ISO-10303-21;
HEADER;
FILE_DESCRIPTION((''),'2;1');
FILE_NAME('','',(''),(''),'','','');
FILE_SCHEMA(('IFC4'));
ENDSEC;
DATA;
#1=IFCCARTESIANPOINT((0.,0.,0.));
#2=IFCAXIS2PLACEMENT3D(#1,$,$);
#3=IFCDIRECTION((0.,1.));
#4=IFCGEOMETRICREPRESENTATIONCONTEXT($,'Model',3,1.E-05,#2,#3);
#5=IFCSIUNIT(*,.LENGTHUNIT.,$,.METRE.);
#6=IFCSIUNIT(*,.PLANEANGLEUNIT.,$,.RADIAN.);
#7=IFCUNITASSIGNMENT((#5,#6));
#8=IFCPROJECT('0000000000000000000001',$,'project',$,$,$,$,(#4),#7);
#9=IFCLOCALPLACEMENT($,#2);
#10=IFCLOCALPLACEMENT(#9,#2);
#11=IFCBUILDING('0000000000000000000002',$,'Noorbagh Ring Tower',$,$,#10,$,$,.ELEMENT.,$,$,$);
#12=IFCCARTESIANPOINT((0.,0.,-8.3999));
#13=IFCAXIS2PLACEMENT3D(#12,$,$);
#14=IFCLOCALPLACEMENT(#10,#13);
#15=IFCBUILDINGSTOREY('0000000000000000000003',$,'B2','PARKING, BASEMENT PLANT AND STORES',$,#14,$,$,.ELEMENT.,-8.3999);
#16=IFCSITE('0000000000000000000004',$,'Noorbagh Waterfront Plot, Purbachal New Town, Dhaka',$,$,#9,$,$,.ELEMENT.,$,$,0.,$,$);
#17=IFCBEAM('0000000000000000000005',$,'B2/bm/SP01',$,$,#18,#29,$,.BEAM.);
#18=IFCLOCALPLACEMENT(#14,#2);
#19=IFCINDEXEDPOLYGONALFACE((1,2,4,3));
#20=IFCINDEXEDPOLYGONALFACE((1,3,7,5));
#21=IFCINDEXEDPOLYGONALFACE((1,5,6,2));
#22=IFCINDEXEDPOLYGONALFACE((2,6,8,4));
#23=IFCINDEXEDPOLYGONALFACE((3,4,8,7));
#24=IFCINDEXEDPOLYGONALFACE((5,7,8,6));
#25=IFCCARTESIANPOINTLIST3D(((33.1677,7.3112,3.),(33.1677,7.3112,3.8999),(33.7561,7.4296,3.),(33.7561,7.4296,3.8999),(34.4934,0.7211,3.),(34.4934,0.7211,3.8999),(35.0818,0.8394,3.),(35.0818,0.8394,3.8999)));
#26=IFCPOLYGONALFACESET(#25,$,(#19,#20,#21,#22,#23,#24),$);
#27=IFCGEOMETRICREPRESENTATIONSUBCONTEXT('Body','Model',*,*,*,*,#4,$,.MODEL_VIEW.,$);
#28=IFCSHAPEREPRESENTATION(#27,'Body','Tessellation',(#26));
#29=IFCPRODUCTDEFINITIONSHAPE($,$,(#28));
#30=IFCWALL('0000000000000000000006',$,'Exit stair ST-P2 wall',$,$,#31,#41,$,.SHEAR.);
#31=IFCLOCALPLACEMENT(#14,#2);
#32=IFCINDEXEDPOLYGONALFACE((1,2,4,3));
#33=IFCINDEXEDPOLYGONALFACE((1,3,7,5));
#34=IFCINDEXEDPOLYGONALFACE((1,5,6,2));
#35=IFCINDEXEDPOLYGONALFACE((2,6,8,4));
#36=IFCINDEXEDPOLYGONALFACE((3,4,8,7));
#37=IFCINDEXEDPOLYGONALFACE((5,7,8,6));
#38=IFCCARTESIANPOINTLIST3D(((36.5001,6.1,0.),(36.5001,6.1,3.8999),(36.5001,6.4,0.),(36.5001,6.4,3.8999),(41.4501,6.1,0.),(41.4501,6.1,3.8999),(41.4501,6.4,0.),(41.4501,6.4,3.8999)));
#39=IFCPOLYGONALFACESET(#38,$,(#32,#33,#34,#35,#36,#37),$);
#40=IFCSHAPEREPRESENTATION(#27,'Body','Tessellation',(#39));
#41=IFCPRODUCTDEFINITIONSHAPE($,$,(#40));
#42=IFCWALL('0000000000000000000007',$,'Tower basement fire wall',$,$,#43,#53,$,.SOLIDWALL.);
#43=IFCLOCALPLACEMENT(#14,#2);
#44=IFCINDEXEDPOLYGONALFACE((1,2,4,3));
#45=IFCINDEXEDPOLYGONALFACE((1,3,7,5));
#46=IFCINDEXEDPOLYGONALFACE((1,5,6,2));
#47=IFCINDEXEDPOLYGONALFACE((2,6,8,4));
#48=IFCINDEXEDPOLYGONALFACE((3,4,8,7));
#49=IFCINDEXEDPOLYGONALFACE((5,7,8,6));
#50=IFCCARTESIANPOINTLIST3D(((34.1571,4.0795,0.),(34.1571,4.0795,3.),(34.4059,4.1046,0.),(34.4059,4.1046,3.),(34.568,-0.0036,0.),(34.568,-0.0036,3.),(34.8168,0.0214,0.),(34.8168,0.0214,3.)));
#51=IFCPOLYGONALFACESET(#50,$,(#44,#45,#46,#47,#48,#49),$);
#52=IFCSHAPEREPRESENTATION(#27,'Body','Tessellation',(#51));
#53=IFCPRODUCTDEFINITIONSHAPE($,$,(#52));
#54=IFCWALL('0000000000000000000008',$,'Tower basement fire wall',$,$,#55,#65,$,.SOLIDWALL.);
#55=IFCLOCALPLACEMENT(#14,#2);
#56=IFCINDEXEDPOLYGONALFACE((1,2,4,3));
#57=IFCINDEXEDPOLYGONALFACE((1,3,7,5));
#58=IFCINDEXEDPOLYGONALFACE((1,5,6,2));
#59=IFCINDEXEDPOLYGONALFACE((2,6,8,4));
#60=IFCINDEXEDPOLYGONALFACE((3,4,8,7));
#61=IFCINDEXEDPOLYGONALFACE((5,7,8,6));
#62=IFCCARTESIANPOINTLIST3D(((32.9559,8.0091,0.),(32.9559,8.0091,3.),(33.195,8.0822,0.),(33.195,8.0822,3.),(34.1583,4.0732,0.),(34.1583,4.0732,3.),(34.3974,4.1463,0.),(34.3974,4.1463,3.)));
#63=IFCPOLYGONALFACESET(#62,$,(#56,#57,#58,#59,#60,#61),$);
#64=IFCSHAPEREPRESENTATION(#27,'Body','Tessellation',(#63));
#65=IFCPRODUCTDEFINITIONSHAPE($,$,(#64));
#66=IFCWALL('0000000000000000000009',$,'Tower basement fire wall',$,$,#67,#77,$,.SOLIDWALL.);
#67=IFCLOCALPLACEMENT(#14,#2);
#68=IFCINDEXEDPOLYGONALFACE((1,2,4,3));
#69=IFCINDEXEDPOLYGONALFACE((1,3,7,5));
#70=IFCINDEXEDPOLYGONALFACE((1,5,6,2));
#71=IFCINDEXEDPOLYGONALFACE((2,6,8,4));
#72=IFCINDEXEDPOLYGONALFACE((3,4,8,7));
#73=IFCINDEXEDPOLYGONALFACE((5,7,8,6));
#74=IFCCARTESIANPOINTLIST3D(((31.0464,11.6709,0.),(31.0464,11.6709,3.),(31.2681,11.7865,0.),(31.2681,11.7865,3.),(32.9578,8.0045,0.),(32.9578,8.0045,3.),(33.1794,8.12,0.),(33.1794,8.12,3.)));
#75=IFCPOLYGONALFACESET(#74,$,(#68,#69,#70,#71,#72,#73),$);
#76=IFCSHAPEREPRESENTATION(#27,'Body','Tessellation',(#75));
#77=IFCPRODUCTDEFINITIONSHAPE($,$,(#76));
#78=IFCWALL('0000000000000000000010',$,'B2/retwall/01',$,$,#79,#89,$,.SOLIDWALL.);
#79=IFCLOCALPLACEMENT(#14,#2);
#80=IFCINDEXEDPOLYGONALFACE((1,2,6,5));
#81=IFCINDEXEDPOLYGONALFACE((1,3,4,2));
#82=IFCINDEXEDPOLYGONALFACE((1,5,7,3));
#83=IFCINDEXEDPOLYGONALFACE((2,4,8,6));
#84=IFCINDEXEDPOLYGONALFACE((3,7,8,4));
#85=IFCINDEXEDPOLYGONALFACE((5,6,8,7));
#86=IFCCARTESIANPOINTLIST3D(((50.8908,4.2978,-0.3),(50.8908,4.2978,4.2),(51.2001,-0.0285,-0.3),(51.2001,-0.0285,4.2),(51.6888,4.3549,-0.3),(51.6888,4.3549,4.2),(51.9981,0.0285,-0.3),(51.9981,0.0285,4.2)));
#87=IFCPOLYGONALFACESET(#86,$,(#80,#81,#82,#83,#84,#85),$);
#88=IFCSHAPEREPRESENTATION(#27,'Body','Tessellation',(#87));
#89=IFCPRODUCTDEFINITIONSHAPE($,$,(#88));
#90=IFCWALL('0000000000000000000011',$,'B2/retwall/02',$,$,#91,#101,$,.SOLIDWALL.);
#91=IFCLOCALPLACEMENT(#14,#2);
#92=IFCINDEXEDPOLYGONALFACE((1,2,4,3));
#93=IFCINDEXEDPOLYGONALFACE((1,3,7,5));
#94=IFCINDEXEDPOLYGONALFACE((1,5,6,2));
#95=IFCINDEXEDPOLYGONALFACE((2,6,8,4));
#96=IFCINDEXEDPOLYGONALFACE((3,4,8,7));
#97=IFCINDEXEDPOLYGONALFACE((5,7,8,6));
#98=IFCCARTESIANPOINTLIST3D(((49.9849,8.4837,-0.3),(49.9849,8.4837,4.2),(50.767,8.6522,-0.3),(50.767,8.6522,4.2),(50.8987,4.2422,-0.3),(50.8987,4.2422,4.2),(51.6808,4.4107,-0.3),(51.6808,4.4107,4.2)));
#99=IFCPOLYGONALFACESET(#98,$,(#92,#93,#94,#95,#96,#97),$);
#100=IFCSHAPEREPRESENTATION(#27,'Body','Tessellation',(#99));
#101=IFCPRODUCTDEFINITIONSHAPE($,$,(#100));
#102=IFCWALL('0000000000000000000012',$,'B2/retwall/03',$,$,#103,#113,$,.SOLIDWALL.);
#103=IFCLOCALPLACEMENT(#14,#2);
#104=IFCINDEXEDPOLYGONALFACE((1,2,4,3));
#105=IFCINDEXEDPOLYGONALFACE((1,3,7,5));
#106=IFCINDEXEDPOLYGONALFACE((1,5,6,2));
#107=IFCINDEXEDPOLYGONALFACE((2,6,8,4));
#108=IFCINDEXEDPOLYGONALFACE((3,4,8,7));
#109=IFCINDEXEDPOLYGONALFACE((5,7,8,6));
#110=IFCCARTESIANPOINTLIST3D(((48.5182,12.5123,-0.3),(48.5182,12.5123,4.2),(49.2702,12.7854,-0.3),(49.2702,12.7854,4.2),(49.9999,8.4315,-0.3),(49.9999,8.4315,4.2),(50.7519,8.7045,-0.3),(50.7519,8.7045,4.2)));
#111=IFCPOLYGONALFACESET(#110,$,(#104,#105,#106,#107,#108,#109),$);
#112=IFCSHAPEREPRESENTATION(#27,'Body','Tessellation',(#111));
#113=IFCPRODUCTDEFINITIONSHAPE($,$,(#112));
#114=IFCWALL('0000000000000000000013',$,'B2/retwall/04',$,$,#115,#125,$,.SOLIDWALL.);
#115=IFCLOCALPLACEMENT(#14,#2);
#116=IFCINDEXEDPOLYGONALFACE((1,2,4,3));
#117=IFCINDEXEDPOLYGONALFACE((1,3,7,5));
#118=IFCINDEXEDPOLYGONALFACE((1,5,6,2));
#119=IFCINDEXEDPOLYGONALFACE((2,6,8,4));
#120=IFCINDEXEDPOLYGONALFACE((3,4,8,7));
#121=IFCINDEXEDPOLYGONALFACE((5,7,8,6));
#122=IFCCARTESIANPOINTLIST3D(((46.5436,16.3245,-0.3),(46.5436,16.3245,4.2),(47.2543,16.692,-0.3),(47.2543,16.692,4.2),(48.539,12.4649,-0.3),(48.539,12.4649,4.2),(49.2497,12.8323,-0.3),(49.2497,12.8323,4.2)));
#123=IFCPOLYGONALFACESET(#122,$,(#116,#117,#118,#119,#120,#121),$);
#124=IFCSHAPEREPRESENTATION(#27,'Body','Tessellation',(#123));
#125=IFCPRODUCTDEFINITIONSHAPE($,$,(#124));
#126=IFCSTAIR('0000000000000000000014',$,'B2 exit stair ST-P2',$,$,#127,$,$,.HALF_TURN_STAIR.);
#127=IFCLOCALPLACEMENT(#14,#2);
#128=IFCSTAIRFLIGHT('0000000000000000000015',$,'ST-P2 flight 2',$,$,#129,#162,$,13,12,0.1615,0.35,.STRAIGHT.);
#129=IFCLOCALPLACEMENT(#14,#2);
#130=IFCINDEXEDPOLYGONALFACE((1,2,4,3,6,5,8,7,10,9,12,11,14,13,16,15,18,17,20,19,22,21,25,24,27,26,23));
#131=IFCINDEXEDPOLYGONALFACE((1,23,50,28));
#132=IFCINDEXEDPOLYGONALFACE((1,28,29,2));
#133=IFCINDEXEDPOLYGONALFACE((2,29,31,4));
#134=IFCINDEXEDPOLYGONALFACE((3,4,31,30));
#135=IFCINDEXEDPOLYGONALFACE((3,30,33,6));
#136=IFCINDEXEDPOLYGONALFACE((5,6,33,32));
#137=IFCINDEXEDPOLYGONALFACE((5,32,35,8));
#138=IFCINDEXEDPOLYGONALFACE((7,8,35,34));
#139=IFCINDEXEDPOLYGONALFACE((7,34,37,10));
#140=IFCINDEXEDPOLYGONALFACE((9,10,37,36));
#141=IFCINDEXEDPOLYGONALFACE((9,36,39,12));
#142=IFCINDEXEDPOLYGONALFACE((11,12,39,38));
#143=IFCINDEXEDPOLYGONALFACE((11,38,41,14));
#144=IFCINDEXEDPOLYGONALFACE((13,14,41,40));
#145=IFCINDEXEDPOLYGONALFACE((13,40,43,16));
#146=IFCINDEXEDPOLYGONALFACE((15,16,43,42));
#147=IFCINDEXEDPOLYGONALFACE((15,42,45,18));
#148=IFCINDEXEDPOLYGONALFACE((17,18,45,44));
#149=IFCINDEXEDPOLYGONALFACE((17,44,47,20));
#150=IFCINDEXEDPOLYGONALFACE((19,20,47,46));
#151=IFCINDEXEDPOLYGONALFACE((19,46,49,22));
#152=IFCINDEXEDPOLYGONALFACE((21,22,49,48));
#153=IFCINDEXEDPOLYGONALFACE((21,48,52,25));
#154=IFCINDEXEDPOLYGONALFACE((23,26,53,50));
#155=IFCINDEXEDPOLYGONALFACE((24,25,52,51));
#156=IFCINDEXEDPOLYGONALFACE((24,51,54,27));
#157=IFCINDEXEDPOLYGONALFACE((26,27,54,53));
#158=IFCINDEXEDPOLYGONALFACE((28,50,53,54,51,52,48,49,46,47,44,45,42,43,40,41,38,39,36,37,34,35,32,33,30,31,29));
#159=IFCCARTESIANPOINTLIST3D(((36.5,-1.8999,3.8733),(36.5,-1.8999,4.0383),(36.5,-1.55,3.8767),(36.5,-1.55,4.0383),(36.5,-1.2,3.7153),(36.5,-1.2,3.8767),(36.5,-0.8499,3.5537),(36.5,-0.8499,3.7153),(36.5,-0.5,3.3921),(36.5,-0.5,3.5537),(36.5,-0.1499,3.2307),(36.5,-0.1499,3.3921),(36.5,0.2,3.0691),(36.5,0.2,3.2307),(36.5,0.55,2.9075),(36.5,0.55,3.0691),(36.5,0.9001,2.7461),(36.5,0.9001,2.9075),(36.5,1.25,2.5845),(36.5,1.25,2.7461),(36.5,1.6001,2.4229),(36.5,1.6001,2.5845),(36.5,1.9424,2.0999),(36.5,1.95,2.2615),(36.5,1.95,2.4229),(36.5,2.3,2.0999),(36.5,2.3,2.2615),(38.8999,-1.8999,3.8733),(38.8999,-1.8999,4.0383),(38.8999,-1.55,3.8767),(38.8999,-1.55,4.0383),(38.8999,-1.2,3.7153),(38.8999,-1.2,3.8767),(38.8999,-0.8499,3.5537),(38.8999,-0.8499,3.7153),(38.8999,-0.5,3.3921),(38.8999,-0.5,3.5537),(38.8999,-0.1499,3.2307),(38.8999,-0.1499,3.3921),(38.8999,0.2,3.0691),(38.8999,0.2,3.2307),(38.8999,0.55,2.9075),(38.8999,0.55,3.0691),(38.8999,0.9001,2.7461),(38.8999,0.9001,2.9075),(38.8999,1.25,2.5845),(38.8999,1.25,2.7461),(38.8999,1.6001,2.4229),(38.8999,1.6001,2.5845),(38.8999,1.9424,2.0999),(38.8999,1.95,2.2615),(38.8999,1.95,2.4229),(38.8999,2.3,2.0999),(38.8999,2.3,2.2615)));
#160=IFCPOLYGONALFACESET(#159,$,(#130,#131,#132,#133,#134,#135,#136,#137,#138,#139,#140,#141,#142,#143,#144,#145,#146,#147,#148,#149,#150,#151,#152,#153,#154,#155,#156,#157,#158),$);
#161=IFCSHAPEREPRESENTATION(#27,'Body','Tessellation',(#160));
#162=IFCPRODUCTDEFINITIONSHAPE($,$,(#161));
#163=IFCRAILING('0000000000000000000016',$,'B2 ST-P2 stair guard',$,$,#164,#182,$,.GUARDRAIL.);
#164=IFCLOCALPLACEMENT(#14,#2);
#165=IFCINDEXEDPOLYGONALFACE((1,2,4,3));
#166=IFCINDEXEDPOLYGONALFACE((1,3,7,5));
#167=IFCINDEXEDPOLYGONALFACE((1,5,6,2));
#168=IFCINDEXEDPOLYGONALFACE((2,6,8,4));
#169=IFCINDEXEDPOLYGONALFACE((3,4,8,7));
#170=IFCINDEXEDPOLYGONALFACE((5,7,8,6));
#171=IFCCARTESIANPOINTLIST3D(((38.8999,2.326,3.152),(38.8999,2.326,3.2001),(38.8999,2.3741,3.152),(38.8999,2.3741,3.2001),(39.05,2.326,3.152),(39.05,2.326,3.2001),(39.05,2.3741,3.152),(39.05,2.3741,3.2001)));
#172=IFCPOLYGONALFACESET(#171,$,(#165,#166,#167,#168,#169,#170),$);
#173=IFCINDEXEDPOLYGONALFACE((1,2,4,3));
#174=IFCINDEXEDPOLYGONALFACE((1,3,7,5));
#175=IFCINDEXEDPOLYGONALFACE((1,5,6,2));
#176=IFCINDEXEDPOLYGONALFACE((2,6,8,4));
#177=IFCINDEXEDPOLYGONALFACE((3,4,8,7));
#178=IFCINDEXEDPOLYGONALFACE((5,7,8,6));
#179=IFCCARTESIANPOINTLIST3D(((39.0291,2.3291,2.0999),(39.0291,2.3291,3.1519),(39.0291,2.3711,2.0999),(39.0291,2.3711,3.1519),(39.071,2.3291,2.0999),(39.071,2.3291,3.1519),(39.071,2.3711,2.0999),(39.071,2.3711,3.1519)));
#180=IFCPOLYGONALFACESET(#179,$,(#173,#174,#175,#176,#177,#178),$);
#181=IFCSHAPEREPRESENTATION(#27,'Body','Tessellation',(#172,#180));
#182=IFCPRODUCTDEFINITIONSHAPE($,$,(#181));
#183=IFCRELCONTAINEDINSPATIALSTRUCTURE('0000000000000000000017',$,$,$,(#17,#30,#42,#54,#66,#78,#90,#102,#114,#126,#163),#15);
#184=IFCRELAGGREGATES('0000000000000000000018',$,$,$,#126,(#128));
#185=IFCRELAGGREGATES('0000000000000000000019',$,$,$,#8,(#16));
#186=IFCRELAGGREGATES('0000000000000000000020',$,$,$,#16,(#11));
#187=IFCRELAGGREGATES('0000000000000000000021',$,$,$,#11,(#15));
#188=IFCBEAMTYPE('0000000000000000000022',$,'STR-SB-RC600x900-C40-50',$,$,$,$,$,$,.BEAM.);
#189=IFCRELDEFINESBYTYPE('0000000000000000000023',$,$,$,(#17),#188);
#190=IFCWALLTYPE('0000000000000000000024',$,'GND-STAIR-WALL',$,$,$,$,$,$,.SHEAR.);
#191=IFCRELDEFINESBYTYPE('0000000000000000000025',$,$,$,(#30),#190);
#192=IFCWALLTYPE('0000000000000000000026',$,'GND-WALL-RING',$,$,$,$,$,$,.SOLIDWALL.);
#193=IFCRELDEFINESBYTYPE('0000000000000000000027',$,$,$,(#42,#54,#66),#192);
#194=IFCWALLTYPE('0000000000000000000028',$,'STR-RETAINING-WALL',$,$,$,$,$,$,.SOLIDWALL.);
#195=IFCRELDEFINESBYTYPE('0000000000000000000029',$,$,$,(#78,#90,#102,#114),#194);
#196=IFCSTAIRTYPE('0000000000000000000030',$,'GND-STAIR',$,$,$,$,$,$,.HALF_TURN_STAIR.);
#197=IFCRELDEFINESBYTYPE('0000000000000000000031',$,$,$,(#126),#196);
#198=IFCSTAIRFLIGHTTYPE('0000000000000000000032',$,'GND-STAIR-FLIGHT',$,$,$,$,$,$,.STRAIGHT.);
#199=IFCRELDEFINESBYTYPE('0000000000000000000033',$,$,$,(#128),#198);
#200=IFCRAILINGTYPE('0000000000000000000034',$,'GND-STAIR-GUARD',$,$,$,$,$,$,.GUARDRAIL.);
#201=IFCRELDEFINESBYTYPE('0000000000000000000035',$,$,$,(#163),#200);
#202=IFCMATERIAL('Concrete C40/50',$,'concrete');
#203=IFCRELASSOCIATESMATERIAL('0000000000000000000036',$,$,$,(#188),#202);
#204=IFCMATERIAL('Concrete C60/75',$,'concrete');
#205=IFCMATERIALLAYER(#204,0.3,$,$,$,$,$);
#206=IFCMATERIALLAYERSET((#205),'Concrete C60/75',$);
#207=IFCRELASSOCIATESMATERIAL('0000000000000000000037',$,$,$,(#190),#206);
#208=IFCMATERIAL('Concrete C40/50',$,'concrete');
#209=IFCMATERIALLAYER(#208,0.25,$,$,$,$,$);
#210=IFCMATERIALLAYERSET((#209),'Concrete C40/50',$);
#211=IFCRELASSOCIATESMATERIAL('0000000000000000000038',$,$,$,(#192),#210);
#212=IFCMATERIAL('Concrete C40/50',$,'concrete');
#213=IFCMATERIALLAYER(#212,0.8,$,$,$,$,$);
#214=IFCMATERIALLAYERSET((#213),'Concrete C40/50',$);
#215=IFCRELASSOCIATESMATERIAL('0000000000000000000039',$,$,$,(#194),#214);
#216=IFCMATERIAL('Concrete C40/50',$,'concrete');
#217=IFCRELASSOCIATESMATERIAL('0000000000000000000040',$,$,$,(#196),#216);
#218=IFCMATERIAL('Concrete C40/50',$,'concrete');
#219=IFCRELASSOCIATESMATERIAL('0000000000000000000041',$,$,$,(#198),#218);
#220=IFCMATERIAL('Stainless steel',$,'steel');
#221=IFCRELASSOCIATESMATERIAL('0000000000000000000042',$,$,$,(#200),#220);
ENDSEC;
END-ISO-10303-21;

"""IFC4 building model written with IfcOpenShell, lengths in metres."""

from ifc_helpers import new_model, si_unit, direction, frame, frame_2d, origin, origin_2d, place, context, subcontext, project, spatial, polyline, rectangle, outline, extrude, material, layer, layer_set, material_profile, profile_set, type_object, element, aggregate, save


model = new_model("IFC4")

# Units and contexts
model_context = context("Model", 3, precision=1e-05, world=origin(), true_north=direction((0.0, 1.0)))
body_context = subcontext(model_context, "Body", "Model", "MODEL_VIEW")
ifc_project = project(units=[si_unit("LENGTHUNIT", "METRE"), si_unit("PLANEANGLEUNIT", "RADIAN")], contexts=[model_context])

# Site, building, storey
site_placement = place(None, origin())
site = spatial("IfcSite", under=ifc_project, at=site_placement, Name="Noorbagh Waterfront Plot, Purbachal New Town, Dhaka", CompositionType="ELEMENT", RefElevation=0.0)
building_placement = place(site_placement, origin())
building = spatial("IfcBuilding", under=site, at=building_placement, Name="Noorbagh Ring Tower", CompositionType="ELEMENT")
storey_placement = place(building_placement, frame((0.0, 0.0, -8.3999)))
storey = spatial("IfcBuildingStorey", under=building, at=storey_placement, Name="B2", Description="PARKING, BASEMENT PLANT AND STORES", CompositionType="ELEMENT", Elevation=-8.3999)

# Beam
ifc_material_1 = material(Name="Concrete C40/50", Category="concrete")
ifc_material_profile_1 = material_profile(ifc_material_1, rectangle(XDim=0.6001, YDim=0.8999, at=origin_2d()), Name="RC600x900")
ifc_profile_set_1 = profile_set([ifc_material_profile_1], Name="Concrete C40/50")
beam_type_1 = type_object("IfcBeamType", Name="STR-SB-RC600x900-C40-50", PredefinedType="BEAM", material=ifc_profile_set_1)
beam_1_placement = place(storey_placement, frame((34.7876, 0.7803, 3.45), z_axis=(-0.197213, 0.980361, 0.0), x_axis=(-0.980361, -0.197213, 0.0)))
element("IfcBeam", 1, at=beam_1_placement, inside=storey, type_object=beam_type_1, Name="B2/bm/SP01", PredefinedType="BEAM", context=body_context, shape_type="SweptSolid", body=[
    extrude(rectangle(XDim=0.6001, YDim=0.8999, at=origin_2d()), origin(), (0.0, 0.0, 1.0), 6.7222),
])

# Walls
ifc_material_2 = material(Name="Concrete C60/75", Category="concrete")
ifc_layer_1 = layer(ifc_material_2, 0.3)
ifc_layer_set_1 = layer_set([ifc_layer_1], Name="Concrete C60/75")
wall_type_1 = type_object("IfcWallType", Name="GND-STAIR-WALL", PredefinedType="SHEAR", material=ifc_layer_set_1)
wall_1_placement = place(storey_placement, frame((36.5, 6.25, 0.0), z_axis=(0.0, 0.0, 1.0), x_axis=(1.0, 0.0, 0.0)))
element("IfcWall", 2, at=wall_1_placement, inside=storey, type_object=wall_type_1, Name="Exit stair ST-P2 wall", PredefinedType="SHEAR", context=body_context, shape_type="SweptSolid", body=[
    extrude(rectangle(XDim=4.95, YDim=0.3, at=frame_2d((2.4751, 0.0))), origin(), (0.0, 0.0, 1.0), 3.8999),
])
ifc_material_3 = material(Name="Concrete C40/50", Category="concrete")
ifc_layer_2 = layer(ifc_material_3, 0.25)
ifc_layer_set_2 = layer_set([ifc_layer_2], Name="Concrete C40/50")
wall_type_2 = type_object("IfcWallType", Name="GND-WALL-RING", PredefinedType="SOLIDWALL", material=ifc_layer_set_2)
wall_2_placement = place(storey_placement, frame((34.6924, 0.009, 0.0), z_axis=(0.0, 0.0, 1.0), x_axis=(-0.100122, 0.994975, 0.0)))
element("IfcWall", 3, at=wall_2_placement, inside=storey, type_object=wall_type_2, Name="Tower basement fire wall", PredefinedType="SOLIDWALL", context=body_context, shape_type="SweptSolid", body=[
    extrude(rectangle(XDim=4.1038, YDim=0.25, at=frame_2d((2.0518, 0.0))), origin(), (0.0, 0.0, 1.0), 3.0),
])
wall_3_placement = place(storey_placement, frame((34.2778, 4.1099, 0.0), z_axis=(0.0, 0.0, 1.0), x_axis=(-0.292172, 0.956366, 0.0)))
element("IfcWall", 4, at=wall_3_placement, inside=storey, type_object=wall_type_2, Name="Tower basement fire wall", PredefinedType="SOLIDWALL", context=body_context, shape_type="SweptSolid", body=[
    extrude(rectangle(XDim=4.1155, YDim=0.25, at=frame_2d((2.0576, 0.0))), origin(), (0.0, 0.0, 1.0), 3.0),
])
wall_4_placement = place(storey_placement, frame((33.0686, 8.0623, 0.0), z_axis=(0.0, 0.0, 1.0), x_axis=(-0.462265, 0.886742, 0.0)))
element("IfcWall", 5, at=wall_4_placement, inside=storey, type_object=wall_type_2, Name="Tower basement fire wall", PredefinedType="SOLIDWALL", context=body_context, shape_type="SweptSolid", body=[
    extrude(rectangle(XDim=4.1348, YDim=0.25, at=frame_2d((2.0674, 0.0))), origin(), (0.0, 0.0, 1.0), 3.0),
])
ifc_material_4 = material(Name="Concrete C40/50", Category="concrete")
ifc_layer_3 = layer(ifc_material_4, 0.8)
ifc_layer_set_3 = layer_set([ifc_layer_3], Name="Concrete C40/50")
wall_type_3 = type_object("IfcWallType", Name="STR-RETAINING-WALL", PredefinedType="SOLIDWALL", material=ifc_layer_set_3)
wall_5_placement = place(storey_placement, frame((51.5991, 0.0, -0.3), z_axis=(0.0, 0.0, 1.0), x_axis=(-0.071315, 0.997454, 0.0)))
element("IfcWall", 6, at=wall_5_placement, inside=storey, type_object=wall_type_3, Name="B2/retwall/01", PredefinedType="SOLIDWALL", context=body_context, shape_type="SweptSolid", body=[
    extrude(rectangle(XDim=4.3374, YDim=0.8, at=frame_2d((2.1687, 0.0))), origin(), (0.0, 0.0, 1.0), 4.5),
])
wall_6_placement = place(storey_placement, frame((51.2898, 4.3264, -0.3), z_axis=(0.0, 0.0, 1.0), x_axis=(-0.210616, 0.977569, 0.0)))
element("IfcWall", 7, at=wall_6_placement, inside=storey, type_object=wall_type_3, Name="B2/retwall/02", PredefinedType="SOLIDWALL", context=body_context, shape_type="SweptSolid", body=[
    extrude(rectangle(XDim=4.3389, YDim=0.8, at=frame_2d((2.1694, 0.0))), origin(), (0.0, 0.0, 1.0), 4.5),
])
wall_7_placement = place(storey_placement, frame((50.376, 8.5679, -0.3), z_axis=(0.0, 0.0, 1.0), x_axis=(-0.341287, 0.939959, 0.0)))
element("IfcWall", 8, at=wall_7_placement, inside=storey, type_object=wall_type_3, Name="B2/retwall/03", PredefinedType="SOLIDWALL", context=body_context, shape_type="SweptSolid", body=[
    extrude(rectangle(XDim=4.3416, YDim=0.8, at=frame_2d((2.1709, 0.0))), origin(), (0.0, 0.0, 1.0), 4.5),
])
wall_8_placement = place(storey_placement, frame((48.8943, 12.6487, -0.3), z_axis=(0.0, 0.0, 1.0), x_axis=(-0.459243, 0.888311, 0.0)))
element("IfcWall", 9, at=wall_8_placement, inside=storey, type_object=wall_type_3, Name="B2/retwall/04", PredefinedType="SOLIDWALL", context=body_context, shape_type="SweptSolid", body=[
    extrude(rectangle(XDim=4.345, YDim=0.8, at=frame_2d((2.1724, 0.0))), origin(), (0.0, 0.0, 1.0), 4.5),
])

# Stair, stair flight
ifc_material_5 = material(Name="Concrete C40/50", Category="concrete")
stair_type = type_object("IfcStairType", Name="GND-STAIR", PredefinedType="HALF_TURN_STAIR", material=ifc_material_5)
stair_placement = place(storey_placement, origin())
stair = element("IfcStair", 10, at=stair_placement, inside=storey, type_object=stair_type, Name="B2 exit stair ST-P2", PredefinedType="HALF_TURN_STAIR")
ifc_material_6 = material(Name="Concrete C40/50", Category="concrete")
stair_flight_type = type_object("IfcStairFlightType", Name="GND-STAIR-FLIGHT", PredefinedType="STRAIGHT", material=ifc_material_6)
stair_flight_placement = place(storey_placement, frame((37.7, 2.3, 2.0999), z_axis=(0.0, 0.0, 1.0), x_axis=(0.0, -1.0, 0.0)))
stair_flight = element("IfcStairFlight", 11, at=stair_flight_placement, type_object=stair_flight_type, Name="ST-P2 flight 2", NumberOfRisers=13, NumberOfTreads=12, PredefinedType="STRAIGHT", RiserHeight=0.1615, TreadLength=0.35, context=body_context, shape_type="SweptSolid", body=[
    extrude(outline(polyline([(0.0, 0.0), (0.0, 0.1616), (0.3501, 0.1616), (0.3501, 0.323), (0.7, 0.323), (0.7, 0.4846), (1.05, 0.4846), (1.05, 0.6462), (1.3999, 0.6462), (1.3999, 0.8076), (1.75, 0.8076), (1.75, 0.9692), (2.1001, 0.9692), (2.1001, 1.1309), (2.45, 1.1309), (2.45, 1.2922), (2.8, 1.2922), (2.8, 1.4539), (3.1499, 1.4539), (3.1499, 1.6155), (3.5, 1.6155), (3.5, 1.7769), (3.8501, 1.7769), (3.8501, 1.9385), (4.2, 1.9385), (4.2, 2.1001), (4.2, 1.7734), (0.3577, 0.0), (0.0, 0.0)])), frame((0.0, 1.2, 0.0), z_axis=(0.0, -1.0, 0.0), x_axis=(1.0, 0.0, 0.0)), (0.0, 0.0, 1.0), 2.3999),
])
aggregate(stair, [stair_flight])

# Railing
ifc_material_7 = material(Name="Stainless steel", Category="steel")
railing_type = type_object("IfcRailingType", Name="GND-STAIR-GUARD", PredefinedType="GUARDRAIL", material=ifc_material_7)
railing_1_placement = place(storey_placement, frame((39.05, 2.3501, 2.0999)))
element("IfcRailing", 12, at=railing_1_placement, inside=storey, type_object=railing_type, Name="B2 ST-P2 stair guard", PredefinedType="GUARDRAIL", context=body_context, shape_type="SweptSolid", body=[
    extrude(rectangle(XDim=0.0481, YDim=0.0481, at=origin_2d()), frame((0.0, 0.0, 1.0762), z_axis=(-1.0, 0.0, 0.0), x_axis=(0.0, -1.0, 0.0)), (0.0, 0.0, 1.0), 0.1501),
    extrude(rectangle(XDim=0.042, YDim=0.042, at=origin_2d()), origin(), (0.0, 0.0, 1.0), 1.052),
])

save(model, "model.ifc")
